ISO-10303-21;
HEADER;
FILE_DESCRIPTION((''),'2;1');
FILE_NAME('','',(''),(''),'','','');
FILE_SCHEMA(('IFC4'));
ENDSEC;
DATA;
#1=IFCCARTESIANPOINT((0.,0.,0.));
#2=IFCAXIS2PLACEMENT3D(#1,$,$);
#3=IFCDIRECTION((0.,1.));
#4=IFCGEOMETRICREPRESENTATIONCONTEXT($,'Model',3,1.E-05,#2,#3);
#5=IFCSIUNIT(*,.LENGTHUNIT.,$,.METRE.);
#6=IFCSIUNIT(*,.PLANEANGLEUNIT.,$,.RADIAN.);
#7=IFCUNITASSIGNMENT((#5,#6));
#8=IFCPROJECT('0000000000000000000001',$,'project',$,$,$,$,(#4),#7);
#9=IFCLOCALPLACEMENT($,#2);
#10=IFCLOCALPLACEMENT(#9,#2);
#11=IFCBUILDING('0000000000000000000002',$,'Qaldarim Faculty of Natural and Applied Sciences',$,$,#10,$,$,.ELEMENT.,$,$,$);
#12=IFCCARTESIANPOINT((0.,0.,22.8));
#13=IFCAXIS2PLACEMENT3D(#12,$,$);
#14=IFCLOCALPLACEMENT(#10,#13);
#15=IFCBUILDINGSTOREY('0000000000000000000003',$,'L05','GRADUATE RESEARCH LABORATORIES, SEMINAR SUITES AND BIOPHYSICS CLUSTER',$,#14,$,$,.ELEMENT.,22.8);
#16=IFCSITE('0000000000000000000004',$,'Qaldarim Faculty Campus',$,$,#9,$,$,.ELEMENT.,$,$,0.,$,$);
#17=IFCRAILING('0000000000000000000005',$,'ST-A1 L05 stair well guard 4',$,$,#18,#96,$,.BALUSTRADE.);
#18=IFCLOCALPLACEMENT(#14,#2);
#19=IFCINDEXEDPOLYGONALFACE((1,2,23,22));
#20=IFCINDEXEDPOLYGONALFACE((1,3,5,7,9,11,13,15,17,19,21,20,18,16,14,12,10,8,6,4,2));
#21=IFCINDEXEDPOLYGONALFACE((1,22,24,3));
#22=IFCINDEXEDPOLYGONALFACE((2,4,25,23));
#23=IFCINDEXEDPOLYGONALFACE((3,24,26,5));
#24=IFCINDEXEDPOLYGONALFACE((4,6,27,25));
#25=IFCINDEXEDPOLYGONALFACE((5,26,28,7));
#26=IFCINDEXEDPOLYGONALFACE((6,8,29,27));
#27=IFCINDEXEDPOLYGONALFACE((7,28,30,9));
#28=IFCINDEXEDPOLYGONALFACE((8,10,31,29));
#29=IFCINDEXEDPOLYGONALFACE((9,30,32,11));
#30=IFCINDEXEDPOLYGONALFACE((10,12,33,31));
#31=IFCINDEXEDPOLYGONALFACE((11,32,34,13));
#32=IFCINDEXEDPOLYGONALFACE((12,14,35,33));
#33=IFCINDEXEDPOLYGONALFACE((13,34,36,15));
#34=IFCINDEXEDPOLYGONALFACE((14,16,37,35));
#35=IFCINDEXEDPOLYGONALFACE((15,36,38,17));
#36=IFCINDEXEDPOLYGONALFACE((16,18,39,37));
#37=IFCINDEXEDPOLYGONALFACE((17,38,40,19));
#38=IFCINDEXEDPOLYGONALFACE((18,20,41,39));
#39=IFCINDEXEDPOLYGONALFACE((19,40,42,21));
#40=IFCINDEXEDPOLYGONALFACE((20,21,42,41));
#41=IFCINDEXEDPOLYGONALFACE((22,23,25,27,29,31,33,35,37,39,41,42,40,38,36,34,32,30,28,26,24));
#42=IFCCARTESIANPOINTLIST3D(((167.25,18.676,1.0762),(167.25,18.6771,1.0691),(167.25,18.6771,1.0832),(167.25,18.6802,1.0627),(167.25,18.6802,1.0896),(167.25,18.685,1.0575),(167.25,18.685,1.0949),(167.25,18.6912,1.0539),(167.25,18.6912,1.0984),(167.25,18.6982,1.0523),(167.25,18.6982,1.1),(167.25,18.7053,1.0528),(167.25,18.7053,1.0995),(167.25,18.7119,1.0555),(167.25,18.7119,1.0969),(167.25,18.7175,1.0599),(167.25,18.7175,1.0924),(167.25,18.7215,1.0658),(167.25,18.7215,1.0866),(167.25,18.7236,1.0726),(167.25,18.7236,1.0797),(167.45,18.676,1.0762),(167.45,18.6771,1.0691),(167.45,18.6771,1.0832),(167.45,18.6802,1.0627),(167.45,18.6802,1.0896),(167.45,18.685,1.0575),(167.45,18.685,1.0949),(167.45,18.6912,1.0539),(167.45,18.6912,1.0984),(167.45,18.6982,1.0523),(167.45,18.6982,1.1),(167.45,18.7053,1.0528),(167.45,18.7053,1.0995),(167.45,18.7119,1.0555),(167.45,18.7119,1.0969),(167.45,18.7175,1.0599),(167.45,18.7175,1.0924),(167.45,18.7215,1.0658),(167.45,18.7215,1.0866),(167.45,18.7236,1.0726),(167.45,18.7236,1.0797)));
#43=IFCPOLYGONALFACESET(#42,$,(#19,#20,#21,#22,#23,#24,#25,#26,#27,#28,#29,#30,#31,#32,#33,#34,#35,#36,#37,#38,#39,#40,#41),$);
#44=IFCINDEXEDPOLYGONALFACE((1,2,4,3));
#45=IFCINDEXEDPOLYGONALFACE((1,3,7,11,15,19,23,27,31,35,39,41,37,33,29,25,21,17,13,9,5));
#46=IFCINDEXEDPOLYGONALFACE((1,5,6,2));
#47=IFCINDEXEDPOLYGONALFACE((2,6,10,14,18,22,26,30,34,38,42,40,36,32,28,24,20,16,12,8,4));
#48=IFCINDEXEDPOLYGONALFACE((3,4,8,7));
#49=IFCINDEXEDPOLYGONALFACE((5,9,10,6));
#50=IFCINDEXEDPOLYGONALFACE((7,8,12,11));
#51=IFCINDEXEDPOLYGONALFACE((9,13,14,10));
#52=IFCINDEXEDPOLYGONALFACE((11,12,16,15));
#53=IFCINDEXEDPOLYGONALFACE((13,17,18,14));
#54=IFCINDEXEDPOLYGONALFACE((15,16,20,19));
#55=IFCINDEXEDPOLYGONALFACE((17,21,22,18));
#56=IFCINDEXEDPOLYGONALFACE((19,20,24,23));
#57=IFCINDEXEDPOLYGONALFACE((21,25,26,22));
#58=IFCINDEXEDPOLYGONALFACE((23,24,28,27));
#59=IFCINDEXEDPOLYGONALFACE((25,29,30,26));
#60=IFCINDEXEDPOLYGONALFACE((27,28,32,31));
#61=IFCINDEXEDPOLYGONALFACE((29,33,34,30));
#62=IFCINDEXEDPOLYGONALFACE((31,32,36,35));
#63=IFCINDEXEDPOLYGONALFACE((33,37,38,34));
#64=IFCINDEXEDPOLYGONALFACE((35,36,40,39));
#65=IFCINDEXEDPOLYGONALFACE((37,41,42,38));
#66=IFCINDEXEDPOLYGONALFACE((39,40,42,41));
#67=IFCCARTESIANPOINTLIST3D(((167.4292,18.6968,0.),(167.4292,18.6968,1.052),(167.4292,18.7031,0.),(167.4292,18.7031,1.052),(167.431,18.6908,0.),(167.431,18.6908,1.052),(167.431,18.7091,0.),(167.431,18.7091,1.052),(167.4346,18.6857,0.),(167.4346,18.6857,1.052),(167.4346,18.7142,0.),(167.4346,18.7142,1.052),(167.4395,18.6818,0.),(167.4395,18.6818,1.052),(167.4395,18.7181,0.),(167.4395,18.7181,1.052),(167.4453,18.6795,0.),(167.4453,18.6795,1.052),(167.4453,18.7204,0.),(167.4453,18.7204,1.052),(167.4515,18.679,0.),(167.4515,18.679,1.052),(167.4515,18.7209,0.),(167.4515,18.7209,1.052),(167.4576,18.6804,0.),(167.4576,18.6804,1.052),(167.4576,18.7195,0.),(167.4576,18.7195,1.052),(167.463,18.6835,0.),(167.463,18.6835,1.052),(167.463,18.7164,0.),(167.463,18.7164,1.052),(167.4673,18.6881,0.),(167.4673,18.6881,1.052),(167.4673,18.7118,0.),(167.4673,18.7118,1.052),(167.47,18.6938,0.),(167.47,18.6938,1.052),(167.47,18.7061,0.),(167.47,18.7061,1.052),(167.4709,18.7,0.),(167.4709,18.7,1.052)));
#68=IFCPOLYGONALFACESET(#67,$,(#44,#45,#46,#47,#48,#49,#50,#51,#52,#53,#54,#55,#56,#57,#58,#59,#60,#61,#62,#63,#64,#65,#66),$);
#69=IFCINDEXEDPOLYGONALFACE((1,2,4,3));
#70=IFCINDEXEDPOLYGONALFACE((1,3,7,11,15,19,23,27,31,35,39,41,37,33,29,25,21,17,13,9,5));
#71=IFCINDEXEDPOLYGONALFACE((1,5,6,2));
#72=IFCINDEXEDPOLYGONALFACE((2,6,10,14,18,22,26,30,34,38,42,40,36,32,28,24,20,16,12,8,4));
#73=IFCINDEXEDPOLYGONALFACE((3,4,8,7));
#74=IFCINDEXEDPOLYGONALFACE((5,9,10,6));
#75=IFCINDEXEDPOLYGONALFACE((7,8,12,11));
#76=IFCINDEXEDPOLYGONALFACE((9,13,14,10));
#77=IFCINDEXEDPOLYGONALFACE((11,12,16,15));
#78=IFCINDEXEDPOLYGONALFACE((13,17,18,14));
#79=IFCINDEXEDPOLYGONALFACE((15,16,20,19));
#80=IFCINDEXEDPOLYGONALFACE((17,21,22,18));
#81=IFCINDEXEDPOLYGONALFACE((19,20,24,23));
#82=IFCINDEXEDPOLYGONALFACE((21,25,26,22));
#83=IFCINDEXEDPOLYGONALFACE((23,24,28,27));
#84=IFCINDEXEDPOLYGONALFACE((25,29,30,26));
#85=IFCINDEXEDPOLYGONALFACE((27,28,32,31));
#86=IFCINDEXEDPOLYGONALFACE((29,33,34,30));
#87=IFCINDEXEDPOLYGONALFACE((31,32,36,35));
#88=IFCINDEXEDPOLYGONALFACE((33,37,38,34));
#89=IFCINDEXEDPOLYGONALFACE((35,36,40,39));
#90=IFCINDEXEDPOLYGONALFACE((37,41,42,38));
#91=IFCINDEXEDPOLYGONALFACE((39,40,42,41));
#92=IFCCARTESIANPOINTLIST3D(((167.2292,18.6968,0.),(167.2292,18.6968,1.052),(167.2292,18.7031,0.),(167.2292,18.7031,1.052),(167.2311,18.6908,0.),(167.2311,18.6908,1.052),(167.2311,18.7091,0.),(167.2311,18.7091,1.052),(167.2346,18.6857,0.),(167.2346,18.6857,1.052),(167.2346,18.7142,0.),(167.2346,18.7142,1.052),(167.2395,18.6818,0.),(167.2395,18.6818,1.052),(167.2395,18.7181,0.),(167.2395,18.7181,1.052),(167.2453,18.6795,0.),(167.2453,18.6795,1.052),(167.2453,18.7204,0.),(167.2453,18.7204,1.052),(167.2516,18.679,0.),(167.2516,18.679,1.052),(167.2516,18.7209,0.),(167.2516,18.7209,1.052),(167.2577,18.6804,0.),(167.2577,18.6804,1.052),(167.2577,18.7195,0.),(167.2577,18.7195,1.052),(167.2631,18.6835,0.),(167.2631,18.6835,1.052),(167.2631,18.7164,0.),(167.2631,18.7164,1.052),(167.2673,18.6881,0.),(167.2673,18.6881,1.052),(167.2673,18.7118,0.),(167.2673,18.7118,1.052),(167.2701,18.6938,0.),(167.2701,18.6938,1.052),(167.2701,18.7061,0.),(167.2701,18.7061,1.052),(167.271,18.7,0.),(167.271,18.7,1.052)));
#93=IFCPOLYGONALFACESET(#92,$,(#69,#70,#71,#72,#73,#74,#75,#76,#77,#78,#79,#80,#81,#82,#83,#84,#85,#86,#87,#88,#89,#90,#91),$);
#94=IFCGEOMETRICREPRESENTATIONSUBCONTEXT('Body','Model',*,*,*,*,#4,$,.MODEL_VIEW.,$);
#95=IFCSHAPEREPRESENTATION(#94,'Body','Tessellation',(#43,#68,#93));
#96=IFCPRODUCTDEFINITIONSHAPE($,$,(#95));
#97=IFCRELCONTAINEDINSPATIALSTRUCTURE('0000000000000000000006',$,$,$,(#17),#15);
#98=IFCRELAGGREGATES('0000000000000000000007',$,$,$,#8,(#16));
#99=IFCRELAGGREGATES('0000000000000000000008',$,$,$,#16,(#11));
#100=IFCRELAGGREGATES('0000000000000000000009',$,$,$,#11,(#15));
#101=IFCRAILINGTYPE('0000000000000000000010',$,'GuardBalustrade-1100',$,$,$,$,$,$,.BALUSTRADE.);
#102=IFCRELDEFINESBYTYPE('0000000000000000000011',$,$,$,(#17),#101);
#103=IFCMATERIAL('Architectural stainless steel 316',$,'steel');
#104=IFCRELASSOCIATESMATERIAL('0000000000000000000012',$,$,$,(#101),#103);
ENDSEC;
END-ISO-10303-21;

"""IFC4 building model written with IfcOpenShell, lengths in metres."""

from ifc_helpers import new_model, si_unit, direction, frame, origin, origin_2d, place, context, subcontext, project, spatial, circle, extrude, material, type_object, element, save


model = new_model("IFC4")

# Units and contexts
model_context = context("Model", 3, precision=1e-05, world=origin(), true_north=direction((0.0, 1.0)))
body_context = subcontext(model_context, "Body", "Model", "MODEL_VIEW")
ifc_project = project(units=[si_unit("LENGTHUNIT", "METRE"), si_unit("PLANEANGLEUNIT", "RADIAN")], contexts=[model_context])

# Site, building, storey
site_placement = place(None, origin())
site = spatial("IfcSite", under=ifc_project, at=site_placement, Name="Qaldarim Faculty Campus", CompositionType="ELEMENT", RefElevation=0.0)
building_placement = place(site_placement, origin())
building = spatial("IfcBuilding", under=site, at=building_placement, Name="Qaldarim Faculty of Natural and Applied Sciences", CompositionType="ELEMENT")
storey_placement = place(building_placement, frame((0.0, 0.0, 22.8)))
storey = spatial("IfcBuildingStorey", under=building, at=storey_placement, Name="L05", Description="GRADUATE RESEARCH LABORATORIES, SEMINAR SUITES AND BIOPHYSICS CLUSTER", CompositionType="ELEMENT", Elevation=22.8)

# Shared definitions
ifc_material_1 = material(Name="Architectural stainless steel 316", Category="steel")

# Railing
railing_type_1 = type_object("IfcRailingType", Name="GuardBalustrade-1100", PredefinedType="BALUSTRADE", material=ifc_material_1)
railing_1_placement = place(storey_placement, frame((167.45, 18.7, 0.0)))
element("IfcRailing", 1, at=railing_1_placement, inside=storey, type_object=railing_type_1, Name="ST-A1 L05 stair well guard 4", PredefinedType="BALUSTRADE", context=body_context, shape_type="SweptSolid", body=[
    extrude(circle(Radius=0.0239, at=origin_2d()), frame((0.0, 0.0, 1.0762), z_axis=(-1.0, 0.0, 0.0), x_axis=(0.0, -1.0, 0.0)), (0.0, 0.0, 1.0), 0.2),
    extrude(circle(Radius=0.021, at=origin_2d()), origin(), (0.0, 0.0, 1.0), 1.052),
    extrude(circle(Radius=0.021, at=origin_2d()), frame((-0.2, 0.0, 0.0)), (0.0, 0.0, 1.0), 1.052),
])

save(model, "model.ifc")
